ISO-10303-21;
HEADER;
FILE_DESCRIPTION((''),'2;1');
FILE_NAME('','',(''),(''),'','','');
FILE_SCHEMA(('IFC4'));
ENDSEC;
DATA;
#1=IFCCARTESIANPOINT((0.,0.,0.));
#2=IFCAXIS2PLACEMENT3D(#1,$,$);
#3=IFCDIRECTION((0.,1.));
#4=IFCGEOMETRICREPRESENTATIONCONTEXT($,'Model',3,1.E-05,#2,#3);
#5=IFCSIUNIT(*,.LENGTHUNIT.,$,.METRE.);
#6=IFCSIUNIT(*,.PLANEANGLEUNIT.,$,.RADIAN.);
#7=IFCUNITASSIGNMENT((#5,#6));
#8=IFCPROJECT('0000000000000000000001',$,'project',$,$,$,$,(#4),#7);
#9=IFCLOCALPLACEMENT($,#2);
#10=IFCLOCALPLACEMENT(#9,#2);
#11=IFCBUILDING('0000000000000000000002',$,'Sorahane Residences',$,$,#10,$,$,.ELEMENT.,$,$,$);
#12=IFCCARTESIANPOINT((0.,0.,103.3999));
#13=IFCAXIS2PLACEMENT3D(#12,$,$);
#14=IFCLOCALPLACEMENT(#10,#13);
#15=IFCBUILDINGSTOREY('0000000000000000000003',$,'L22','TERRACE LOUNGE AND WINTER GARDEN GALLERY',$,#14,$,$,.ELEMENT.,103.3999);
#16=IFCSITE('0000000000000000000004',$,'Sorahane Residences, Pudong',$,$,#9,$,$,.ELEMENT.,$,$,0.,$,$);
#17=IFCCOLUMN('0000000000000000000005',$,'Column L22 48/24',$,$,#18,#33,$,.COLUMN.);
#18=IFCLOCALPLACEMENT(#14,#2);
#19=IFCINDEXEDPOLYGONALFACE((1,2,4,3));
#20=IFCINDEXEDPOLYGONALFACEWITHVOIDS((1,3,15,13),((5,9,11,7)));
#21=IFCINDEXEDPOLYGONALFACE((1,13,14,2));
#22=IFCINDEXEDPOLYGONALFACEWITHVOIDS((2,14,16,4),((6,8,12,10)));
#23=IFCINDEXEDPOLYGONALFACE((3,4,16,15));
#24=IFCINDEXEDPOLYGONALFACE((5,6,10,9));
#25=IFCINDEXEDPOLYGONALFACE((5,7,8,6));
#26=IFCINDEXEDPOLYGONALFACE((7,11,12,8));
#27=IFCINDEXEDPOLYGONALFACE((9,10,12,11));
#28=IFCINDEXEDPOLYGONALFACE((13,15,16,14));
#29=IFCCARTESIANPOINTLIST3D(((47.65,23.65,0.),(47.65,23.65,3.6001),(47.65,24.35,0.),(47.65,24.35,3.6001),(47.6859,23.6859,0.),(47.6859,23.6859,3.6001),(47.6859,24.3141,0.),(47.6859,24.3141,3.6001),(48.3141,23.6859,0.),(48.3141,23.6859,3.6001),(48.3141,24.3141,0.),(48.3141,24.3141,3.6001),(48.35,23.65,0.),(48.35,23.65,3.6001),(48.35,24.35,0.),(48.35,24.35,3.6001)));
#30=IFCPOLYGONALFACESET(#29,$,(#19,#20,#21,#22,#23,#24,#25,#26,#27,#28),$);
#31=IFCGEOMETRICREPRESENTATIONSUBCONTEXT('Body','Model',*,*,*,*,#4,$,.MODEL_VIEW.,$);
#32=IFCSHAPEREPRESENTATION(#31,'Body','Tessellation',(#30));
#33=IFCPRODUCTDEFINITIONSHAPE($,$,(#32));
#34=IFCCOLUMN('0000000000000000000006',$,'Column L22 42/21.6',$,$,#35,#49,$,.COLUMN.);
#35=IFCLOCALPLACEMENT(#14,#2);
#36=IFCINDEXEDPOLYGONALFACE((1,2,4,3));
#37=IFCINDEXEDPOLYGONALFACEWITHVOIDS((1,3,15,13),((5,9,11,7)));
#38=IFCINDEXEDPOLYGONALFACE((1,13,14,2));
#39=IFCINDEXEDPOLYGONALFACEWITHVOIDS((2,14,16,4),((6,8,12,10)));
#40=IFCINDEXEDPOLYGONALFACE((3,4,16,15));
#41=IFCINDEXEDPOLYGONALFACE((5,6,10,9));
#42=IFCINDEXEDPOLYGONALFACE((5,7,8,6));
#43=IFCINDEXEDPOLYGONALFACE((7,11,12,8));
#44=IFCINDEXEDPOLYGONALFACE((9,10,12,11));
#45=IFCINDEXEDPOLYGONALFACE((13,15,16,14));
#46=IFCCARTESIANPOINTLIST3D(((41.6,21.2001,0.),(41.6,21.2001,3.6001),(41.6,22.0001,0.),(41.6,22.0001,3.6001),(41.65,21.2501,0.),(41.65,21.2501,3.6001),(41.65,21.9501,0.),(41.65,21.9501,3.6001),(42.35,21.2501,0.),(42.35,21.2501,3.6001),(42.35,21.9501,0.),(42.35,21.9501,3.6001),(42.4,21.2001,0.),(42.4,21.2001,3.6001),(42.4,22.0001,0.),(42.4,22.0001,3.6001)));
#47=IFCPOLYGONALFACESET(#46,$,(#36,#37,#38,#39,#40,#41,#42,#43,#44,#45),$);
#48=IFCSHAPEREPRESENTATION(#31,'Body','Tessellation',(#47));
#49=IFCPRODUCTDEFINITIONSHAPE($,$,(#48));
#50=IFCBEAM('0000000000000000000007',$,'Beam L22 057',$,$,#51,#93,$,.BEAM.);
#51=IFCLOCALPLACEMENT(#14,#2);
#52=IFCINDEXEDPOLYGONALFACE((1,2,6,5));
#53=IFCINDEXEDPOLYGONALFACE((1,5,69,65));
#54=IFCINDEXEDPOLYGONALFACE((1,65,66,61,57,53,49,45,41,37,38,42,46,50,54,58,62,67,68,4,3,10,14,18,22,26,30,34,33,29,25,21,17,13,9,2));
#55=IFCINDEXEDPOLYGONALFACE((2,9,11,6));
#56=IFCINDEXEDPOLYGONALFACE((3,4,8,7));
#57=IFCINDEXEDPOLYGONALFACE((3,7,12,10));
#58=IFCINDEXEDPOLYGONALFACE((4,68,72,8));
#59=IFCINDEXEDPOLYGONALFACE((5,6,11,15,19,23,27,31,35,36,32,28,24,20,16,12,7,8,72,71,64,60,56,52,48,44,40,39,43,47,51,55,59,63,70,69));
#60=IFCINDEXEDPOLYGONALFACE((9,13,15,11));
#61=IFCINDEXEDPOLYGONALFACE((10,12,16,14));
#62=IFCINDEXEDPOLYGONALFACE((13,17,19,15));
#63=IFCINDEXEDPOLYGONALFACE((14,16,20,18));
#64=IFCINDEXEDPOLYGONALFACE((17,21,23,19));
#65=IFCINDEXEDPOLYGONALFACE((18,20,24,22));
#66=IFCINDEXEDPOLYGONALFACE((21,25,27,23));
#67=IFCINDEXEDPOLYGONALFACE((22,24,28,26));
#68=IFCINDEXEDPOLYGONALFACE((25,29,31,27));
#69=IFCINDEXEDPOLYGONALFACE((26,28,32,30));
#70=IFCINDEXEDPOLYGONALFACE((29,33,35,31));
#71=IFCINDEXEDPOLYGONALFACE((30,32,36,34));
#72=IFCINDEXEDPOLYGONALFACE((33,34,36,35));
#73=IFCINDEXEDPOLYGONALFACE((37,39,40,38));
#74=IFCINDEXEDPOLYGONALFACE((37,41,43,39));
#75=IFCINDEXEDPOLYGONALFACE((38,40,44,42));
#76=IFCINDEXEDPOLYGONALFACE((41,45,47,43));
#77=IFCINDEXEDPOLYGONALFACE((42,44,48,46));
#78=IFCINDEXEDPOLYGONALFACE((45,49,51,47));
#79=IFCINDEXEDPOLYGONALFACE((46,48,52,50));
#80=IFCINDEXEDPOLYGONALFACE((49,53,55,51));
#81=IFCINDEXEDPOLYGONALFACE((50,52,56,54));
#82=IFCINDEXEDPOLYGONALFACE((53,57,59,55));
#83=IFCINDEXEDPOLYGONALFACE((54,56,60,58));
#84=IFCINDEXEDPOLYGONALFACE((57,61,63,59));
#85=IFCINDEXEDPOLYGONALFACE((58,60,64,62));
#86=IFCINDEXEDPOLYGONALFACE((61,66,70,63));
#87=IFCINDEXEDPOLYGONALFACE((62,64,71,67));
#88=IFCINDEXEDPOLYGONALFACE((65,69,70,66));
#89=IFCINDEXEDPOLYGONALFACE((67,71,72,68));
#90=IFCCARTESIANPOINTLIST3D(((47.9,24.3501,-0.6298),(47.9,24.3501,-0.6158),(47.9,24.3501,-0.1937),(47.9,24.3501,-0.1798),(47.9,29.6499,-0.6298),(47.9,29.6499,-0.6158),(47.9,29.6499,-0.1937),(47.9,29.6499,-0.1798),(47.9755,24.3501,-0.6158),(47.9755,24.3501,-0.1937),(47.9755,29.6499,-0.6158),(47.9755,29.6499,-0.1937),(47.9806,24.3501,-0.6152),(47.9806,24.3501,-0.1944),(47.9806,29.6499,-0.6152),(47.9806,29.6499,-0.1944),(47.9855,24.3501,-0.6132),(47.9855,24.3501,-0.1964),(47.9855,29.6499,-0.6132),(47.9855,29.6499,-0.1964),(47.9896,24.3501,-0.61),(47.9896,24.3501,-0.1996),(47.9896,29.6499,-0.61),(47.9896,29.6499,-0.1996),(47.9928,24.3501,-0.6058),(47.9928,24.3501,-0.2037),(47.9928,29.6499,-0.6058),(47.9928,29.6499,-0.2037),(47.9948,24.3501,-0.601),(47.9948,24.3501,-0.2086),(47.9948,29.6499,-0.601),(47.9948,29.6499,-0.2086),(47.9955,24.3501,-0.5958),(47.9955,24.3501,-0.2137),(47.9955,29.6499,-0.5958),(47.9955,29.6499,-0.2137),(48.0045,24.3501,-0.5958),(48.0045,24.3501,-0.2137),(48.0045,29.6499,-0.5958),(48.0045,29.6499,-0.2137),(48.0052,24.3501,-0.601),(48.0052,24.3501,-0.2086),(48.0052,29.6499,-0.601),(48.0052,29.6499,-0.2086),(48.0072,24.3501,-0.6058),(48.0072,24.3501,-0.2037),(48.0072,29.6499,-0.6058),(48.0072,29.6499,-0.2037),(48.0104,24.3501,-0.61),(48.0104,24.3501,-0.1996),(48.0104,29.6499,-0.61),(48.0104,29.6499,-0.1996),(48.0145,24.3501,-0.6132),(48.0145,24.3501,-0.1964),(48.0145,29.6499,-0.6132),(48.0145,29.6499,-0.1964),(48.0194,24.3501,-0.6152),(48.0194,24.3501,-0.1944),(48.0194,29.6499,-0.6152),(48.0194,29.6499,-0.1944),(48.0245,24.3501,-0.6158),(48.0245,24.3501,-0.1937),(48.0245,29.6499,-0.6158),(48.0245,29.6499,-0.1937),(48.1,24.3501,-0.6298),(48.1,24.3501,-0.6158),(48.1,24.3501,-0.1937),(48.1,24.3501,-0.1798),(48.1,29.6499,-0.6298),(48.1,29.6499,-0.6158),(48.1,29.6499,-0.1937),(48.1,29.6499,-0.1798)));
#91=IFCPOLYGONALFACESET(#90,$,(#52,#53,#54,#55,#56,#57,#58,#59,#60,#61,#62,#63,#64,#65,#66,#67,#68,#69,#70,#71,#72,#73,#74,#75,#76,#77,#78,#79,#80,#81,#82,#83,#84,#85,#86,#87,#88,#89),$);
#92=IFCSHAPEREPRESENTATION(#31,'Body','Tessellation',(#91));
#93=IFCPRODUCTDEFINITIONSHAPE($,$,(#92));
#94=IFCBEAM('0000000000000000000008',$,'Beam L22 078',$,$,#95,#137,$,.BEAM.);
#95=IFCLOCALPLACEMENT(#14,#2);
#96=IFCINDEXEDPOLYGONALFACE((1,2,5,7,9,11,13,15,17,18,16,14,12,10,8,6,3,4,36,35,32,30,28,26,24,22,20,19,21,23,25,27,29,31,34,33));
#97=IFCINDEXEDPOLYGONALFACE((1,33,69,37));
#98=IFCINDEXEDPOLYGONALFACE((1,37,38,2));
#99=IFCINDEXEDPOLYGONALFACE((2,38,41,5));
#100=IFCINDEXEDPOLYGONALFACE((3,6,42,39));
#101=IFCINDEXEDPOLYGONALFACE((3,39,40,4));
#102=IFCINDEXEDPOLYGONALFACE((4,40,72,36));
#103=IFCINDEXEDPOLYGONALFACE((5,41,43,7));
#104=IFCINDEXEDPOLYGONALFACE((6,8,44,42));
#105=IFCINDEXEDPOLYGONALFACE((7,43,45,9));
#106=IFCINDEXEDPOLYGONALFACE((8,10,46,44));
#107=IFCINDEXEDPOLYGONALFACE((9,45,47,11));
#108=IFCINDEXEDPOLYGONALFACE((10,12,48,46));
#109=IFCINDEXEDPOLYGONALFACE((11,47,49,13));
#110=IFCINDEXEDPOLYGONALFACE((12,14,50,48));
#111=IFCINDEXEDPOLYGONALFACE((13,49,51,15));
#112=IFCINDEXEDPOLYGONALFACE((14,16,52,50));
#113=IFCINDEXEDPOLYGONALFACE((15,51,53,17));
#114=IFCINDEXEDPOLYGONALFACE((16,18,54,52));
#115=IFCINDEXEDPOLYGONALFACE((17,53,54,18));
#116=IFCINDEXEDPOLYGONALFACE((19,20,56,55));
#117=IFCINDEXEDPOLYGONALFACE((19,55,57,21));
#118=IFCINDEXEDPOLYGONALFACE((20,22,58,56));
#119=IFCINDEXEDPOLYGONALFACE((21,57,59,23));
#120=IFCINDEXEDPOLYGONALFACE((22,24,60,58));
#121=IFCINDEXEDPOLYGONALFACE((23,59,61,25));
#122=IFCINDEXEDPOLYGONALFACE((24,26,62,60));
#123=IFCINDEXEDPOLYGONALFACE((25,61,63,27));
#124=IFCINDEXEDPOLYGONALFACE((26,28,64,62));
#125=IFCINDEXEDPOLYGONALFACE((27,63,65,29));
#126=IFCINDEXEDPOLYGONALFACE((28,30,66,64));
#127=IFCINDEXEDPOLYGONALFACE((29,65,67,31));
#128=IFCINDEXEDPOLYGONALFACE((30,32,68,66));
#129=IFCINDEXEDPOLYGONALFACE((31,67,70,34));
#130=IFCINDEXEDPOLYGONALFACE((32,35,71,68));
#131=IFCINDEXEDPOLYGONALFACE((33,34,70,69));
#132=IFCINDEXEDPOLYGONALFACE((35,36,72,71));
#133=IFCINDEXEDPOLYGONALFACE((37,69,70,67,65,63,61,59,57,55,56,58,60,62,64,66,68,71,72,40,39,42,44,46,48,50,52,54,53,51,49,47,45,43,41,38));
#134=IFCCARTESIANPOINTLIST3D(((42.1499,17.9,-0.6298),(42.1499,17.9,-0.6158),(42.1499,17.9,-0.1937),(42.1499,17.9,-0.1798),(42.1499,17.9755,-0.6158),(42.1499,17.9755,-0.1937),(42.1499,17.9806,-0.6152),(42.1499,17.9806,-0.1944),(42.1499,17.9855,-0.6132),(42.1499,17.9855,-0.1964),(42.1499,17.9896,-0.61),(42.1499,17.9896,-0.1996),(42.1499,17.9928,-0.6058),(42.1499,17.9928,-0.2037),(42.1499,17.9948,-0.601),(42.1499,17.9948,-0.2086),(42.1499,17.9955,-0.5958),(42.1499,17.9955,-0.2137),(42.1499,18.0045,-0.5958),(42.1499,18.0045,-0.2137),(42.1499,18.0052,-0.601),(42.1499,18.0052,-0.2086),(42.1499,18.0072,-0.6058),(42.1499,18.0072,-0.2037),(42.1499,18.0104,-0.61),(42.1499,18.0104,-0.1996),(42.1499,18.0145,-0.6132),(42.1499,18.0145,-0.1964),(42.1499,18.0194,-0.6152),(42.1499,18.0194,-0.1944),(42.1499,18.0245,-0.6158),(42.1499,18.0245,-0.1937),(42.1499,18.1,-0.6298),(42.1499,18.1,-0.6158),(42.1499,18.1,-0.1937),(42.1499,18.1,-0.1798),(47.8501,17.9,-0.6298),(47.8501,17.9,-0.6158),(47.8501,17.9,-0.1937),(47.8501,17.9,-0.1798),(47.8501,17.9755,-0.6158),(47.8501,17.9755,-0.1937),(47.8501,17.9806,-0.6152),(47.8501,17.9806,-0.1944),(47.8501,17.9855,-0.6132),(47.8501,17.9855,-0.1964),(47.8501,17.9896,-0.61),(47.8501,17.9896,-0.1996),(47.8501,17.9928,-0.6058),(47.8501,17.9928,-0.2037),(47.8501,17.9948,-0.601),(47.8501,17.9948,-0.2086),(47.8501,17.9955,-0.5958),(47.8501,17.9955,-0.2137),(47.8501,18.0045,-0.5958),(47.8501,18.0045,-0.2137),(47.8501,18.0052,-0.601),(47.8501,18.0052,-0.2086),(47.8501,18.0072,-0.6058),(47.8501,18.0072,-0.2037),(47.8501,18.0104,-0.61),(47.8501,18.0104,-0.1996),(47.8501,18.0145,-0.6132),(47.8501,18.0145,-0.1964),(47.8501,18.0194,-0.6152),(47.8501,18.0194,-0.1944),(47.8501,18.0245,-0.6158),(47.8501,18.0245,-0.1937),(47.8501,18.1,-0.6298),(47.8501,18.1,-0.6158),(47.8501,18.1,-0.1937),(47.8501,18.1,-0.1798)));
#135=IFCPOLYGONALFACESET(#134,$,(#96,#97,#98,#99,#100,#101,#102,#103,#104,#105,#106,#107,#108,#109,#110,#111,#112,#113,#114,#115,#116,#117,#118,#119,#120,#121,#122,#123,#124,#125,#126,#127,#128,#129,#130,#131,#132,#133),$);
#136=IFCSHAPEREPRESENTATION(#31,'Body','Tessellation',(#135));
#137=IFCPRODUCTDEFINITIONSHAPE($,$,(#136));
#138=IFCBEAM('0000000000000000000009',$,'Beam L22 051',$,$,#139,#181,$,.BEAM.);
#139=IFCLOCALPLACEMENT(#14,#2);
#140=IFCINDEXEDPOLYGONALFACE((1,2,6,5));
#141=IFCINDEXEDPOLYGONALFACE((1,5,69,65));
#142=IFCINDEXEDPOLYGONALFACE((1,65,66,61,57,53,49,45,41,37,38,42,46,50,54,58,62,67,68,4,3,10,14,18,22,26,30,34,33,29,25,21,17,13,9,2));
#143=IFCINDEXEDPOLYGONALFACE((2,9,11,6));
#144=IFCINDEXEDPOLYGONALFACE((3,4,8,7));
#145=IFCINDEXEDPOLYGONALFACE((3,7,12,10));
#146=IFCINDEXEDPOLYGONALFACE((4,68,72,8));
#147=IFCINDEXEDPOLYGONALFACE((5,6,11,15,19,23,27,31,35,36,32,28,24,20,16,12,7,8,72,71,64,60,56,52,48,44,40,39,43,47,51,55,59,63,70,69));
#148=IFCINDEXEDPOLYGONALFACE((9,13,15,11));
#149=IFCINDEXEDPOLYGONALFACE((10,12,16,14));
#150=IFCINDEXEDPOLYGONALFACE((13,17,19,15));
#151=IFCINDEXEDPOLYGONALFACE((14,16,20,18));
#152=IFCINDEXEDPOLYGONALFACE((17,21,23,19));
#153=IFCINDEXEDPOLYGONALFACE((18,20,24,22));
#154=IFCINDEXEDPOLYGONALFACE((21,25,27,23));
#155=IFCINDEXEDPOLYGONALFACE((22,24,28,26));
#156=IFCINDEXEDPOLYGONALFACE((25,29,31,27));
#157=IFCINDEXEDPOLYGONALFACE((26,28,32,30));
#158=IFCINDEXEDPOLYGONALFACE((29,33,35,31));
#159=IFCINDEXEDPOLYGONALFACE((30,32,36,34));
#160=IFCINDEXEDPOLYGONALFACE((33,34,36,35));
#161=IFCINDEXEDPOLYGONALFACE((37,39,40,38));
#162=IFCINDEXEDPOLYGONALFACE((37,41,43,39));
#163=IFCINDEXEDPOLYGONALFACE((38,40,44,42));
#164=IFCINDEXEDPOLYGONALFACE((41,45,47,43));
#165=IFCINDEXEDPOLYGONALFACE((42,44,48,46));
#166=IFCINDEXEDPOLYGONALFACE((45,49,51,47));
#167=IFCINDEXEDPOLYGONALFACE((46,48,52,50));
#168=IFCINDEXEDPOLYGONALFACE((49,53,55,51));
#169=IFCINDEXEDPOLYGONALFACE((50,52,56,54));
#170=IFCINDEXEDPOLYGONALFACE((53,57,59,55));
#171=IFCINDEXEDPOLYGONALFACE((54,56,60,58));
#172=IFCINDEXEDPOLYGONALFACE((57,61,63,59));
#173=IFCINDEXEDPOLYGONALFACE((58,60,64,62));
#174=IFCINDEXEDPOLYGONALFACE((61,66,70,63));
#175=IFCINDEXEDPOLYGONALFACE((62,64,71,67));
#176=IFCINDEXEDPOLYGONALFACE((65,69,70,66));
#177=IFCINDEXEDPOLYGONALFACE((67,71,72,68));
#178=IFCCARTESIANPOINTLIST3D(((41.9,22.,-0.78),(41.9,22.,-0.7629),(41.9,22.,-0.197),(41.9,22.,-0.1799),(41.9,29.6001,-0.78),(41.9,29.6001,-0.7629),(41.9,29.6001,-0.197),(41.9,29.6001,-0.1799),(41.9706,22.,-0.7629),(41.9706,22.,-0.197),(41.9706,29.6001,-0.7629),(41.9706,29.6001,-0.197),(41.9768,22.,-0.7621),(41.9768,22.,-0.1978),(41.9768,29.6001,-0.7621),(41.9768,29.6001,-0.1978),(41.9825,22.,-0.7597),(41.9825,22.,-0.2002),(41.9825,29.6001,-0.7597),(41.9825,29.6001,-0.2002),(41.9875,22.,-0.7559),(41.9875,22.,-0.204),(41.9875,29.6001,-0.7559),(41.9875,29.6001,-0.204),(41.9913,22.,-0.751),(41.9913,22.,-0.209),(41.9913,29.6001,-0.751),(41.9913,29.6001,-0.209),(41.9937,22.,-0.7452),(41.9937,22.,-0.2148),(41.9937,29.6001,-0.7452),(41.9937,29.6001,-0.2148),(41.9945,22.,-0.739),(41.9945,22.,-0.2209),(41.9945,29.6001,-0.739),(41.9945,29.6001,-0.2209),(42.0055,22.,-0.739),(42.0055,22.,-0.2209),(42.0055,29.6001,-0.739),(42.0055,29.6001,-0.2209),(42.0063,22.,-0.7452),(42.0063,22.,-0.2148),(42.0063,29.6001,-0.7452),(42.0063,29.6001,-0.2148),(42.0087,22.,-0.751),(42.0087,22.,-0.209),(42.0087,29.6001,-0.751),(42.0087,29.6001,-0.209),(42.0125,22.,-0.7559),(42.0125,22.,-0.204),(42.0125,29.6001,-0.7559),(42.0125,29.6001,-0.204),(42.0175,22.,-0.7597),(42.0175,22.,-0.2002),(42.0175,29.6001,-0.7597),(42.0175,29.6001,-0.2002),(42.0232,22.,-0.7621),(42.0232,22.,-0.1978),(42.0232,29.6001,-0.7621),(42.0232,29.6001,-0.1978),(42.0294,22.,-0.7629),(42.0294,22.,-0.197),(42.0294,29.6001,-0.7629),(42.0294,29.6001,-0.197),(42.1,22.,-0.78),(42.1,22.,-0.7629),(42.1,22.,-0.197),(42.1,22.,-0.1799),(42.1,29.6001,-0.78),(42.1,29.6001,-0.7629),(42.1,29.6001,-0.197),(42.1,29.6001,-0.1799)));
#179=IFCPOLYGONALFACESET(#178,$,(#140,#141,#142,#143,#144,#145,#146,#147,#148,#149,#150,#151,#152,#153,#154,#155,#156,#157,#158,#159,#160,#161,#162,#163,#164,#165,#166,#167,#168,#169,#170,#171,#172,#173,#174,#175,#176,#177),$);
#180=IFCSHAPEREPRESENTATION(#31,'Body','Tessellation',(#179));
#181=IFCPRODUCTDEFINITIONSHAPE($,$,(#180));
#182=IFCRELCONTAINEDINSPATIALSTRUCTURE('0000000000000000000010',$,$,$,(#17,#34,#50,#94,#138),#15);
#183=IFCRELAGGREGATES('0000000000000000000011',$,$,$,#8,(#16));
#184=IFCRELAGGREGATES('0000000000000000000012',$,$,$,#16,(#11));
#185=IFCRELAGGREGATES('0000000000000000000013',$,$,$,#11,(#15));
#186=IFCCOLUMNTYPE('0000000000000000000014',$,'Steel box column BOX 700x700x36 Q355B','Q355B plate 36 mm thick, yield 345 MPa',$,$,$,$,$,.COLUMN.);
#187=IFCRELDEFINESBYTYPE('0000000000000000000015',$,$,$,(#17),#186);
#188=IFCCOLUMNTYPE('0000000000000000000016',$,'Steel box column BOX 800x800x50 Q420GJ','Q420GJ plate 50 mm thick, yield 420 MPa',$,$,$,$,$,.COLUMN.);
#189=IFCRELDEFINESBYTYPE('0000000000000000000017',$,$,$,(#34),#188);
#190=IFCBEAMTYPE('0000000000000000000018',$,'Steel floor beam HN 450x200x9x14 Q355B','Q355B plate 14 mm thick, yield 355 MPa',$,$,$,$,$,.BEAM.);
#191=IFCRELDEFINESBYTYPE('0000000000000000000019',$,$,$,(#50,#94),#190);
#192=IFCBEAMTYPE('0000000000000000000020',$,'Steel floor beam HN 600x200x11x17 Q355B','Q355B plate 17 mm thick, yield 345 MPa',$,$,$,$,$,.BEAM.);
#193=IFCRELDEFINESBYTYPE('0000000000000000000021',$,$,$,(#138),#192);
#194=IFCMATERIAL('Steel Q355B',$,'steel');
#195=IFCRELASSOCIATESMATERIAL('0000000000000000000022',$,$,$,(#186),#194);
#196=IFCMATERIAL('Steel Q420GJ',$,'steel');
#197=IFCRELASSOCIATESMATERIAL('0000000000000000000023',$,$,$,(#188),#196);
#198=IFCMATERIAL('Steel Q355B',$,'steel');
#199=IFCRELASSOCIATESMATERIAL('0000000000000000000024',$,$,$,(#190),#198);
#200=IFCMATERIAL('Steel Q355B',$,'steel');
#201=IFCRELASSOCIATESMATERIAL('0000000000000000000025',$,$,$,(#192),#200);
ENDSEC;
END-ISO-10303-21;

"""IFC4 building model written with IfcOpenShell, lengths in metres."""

from ifc_helpers import new_model, si_unit, direction, frame, origin, origin_2d, place, context, subcontext, project, spatial, hollow_rectangle, i_section, extrude, material, material_profile, profile_set, type_object, element, save


model = new_model("IFC4")

# Units and contexts
model_context = context("Model", 3, precision=1e-05, world=origin(), true_north=direction((0.0, 1.0)))
body_context = subcontext(model_context, "Body", "Model", "MODEL_VIEW")
ifc_project = project(units=[si_unit("LENGTHUNIT", "METRE"), si_unit("PLANEANGLEUNIT", "RADIAN")], contexts=[model_context])

# Site, building, storey
site_placement = place(None, origin())
site = spatial("IfcSite", under=ifc_project, at=site_placement, Name="Sorahane Residences, Pudong", CompositionType="ELEMENT", RefElevation=0.0)
building_placement = place(site_placement, origin())
building = spatial("IfcBuilding", under=site, at=building_placement, Name="Sorahane Residences", CompositionType="ELEMENT")
storey_placement = place(building_placement, frame((0.0, 0.0, 103.3999)))
storey = spatial("IfcBuildingStorey", under=building, at=storey_placement, Name="L22", Description="TERRACE LOUNGE AND WINTER GARDEN GALLERY", CompositionType="ELEMENT", Elevation=103.3999)

# Columns
ifc_material_1 = material(Name="Steel Q355B", Category="steel")
ifc_material_profile_1 = material_profile(ifc_material_1, hollow_rectangle(XDim=0.7, YDim=0.7, WallThickness=0.0359, at=origin_2d()), Name="BOX 700x700x36")
ifc_profile_set_1 = profile_set([ifc_material_profile_1], Name="Steel Q355B")
column_type_1 = type_object("IfcColumnType", Name="Steel box column BOX 700x700x36 Q355B", Description="Q355B plate 36 mm thick, yield 345 MPa", PredefinedType="COLUMN", material=ifc_profile_set_1)
column_1_placement = place(storey_placement, frame((48.0, 24.0, 0.0), z_axis=(0.0, 0.0, 1.0), x_axis=(1.0, 0.0, 0.0)))
element("IfcColumn", 1, at=column_1_placement, inside=storey, type_object=column_type_1, Name="Column L22 48/24", PredefinedType="COLUMN", context=body_context, shape_type="SweptSolid", body=[
    extrude(hollow_rectangle(XDim=0.7, YDim=0.7, WallThickness=0.0359, at=origin_2d()), origin(), (0.0, 0.0, 1.0), 3.6001),
])
ifc_material_2 = material(Name="Steel Q420GJ", Category="steel")
ifc_material_profile_2 = material_profile(ifc_material_2, hollow_rectangle(XDim=0.8, YDim=0.8, WallThickness=0.05, at=origin_2d()), Name="BOX 800x800x50")
ifc_profile_set_2 = profile_set([ifc_material_profile_2], Name="Steel Q420GJ")
column_type_2 = type_object("IfcColumnType", Name="Steel box column BOX 800x800x50 Q420GJ", Description="Q420GJ plate 50 mm thick, yield 420 MPa", PredefinedType="COLUMN", material=ifc_profile_set_2)
column_2_placement = place(storey_placement, frame((42.0, 21.6001, 0.0), z_axis=(0.0, 0.0, 1.0), x_axis=(1.0, 0.0, 0.0)))
element("IfcColumn", 2, at=column_2_placement, inside=storey, type_object=column_type_2, Name="Column L22 42/21.6", PredefinedType="COLUMN", context=body_context, shape_type="SweptSolid", body=[
    extrude(hollow_rectangle(XDim=0.8, YDim=0.8, WallThickness=0.05, at=origin_2d()), origin(), (0.0, 0.0, 1.0), 3.6001),
])

# Beams
ifc_material_3 = material(Name="Steel Q355B", Category="steel")
ifc_material_profile_3 = material_profile(ifc_material_3, i_section(OverallWidth=0.2, OverallDepth=0.45, WebThickness=0.009, FlangeThickness=0.0139, FilletRadius=0.02, at=origin_2d()), Name="HN 450x200x9x14")
ifc_profile_set_3 = profile_set([ifc_material_profile_3], Name="Steel Q355B")
beam_type_1 = type_object("IfcBeamType", Name="Steel floor beam HN 450x200x9x14 Q355B", Description="Q355B plate 14 mm thick, yield 355 MPa", PredefinedType="BEAM", material=ifc_profile_set_3)
beam_1_placement = place(storey_placement, frame((48.0, 24.3501, -0.4048), z_axis=(0.0, 1.0, 0.0), x_axis=(-1.0, 0.0, 0.0)))
element("IfcBeam", 3, at=beam_1_placement, inside=storey, type_object=beam_type_1, Name="Beam L22 057", PredefinedType="BEAM", context=body_context, shape_type="SweptSolid", body=[
    extrude(i_section(OverallWidth=0.2, OverallDepth=0.45, WebThickness=0.009, FlangeThickness=0.0139, FilletRadius=0.02, at=origin_2d()), origin(), (0.0, 0.0, 1.0), 5.2998),
])
beam_2_placement = place(storey_placement, frame((42.1499, 18.0, -0.4048), z_axis=(1.0, 0.0, 0.0), x_axis=(0.0, 1.0, 0.0)))
element("IfcBeam", 4, at=beam_2_placement, inside=storey, type_object=beam_type_1, Name="Beam L22 078", PredefinedType="BEAM", context=body_context, shape_type="SweptSolid", body=[
    extrude(i_section(OverallWidth=0.2, OverallDepth=0.45, WebThickness=0.009, FlangeThickness=0.0139, FilletRadius=0.02, at=origin_2d()), origin(), (0.0, 0.0, 1.0), 5.7002),
])
ifc_material_4 = material(Name="Steel Q355B", Category="steel")
ifc_material_profile_4 = material_profile(ifc_material_4, i_section(OverallWidth=0.2, OverallDepth=0.6001, WebThickness=0.011, FlangeThickness=0.0171, FilletRadius=0.0239, at=origin_2d()), Name="HN 600x200x11x17")
ifc_profile_set_4 = profile_set([ifc_material_profile_4], Name="Steel Q355B")
beam_type_2 = type_object("IfcBeamType", Name="Steel floor beam HN 600x200x11x17 Q355B", Description="Q355B plate 17 mm thick, yield 345 MPa", PredefinedType="BEAM", material=ifc_profile_set_4)
beam_3_placement = place(storey_placement, frame((42.0, 22.0, -0.48), z_axis=(0.0, 1.0, 0.0), x_axis=(-1.0, 0.0, 0.0)))
element("IfcBeam", 5, at=beam_3_placement, inside=storey, type_object=beam_type_2, Name="Beam L22 051", PredefinedType="BEAM", context=body_context, shape_type="SweptSolid", body=[
    extrude(i_section(OverallWidth=0.2, OverallDepth=0.6001, WebThickness=0.011, FlangeThickness=0.0171, FilletRadius=0.0239, at=origin_2d()), origin(), (0.0, 0.0, 1.0), 7.6001),
])

save(model, "model.ifc")
